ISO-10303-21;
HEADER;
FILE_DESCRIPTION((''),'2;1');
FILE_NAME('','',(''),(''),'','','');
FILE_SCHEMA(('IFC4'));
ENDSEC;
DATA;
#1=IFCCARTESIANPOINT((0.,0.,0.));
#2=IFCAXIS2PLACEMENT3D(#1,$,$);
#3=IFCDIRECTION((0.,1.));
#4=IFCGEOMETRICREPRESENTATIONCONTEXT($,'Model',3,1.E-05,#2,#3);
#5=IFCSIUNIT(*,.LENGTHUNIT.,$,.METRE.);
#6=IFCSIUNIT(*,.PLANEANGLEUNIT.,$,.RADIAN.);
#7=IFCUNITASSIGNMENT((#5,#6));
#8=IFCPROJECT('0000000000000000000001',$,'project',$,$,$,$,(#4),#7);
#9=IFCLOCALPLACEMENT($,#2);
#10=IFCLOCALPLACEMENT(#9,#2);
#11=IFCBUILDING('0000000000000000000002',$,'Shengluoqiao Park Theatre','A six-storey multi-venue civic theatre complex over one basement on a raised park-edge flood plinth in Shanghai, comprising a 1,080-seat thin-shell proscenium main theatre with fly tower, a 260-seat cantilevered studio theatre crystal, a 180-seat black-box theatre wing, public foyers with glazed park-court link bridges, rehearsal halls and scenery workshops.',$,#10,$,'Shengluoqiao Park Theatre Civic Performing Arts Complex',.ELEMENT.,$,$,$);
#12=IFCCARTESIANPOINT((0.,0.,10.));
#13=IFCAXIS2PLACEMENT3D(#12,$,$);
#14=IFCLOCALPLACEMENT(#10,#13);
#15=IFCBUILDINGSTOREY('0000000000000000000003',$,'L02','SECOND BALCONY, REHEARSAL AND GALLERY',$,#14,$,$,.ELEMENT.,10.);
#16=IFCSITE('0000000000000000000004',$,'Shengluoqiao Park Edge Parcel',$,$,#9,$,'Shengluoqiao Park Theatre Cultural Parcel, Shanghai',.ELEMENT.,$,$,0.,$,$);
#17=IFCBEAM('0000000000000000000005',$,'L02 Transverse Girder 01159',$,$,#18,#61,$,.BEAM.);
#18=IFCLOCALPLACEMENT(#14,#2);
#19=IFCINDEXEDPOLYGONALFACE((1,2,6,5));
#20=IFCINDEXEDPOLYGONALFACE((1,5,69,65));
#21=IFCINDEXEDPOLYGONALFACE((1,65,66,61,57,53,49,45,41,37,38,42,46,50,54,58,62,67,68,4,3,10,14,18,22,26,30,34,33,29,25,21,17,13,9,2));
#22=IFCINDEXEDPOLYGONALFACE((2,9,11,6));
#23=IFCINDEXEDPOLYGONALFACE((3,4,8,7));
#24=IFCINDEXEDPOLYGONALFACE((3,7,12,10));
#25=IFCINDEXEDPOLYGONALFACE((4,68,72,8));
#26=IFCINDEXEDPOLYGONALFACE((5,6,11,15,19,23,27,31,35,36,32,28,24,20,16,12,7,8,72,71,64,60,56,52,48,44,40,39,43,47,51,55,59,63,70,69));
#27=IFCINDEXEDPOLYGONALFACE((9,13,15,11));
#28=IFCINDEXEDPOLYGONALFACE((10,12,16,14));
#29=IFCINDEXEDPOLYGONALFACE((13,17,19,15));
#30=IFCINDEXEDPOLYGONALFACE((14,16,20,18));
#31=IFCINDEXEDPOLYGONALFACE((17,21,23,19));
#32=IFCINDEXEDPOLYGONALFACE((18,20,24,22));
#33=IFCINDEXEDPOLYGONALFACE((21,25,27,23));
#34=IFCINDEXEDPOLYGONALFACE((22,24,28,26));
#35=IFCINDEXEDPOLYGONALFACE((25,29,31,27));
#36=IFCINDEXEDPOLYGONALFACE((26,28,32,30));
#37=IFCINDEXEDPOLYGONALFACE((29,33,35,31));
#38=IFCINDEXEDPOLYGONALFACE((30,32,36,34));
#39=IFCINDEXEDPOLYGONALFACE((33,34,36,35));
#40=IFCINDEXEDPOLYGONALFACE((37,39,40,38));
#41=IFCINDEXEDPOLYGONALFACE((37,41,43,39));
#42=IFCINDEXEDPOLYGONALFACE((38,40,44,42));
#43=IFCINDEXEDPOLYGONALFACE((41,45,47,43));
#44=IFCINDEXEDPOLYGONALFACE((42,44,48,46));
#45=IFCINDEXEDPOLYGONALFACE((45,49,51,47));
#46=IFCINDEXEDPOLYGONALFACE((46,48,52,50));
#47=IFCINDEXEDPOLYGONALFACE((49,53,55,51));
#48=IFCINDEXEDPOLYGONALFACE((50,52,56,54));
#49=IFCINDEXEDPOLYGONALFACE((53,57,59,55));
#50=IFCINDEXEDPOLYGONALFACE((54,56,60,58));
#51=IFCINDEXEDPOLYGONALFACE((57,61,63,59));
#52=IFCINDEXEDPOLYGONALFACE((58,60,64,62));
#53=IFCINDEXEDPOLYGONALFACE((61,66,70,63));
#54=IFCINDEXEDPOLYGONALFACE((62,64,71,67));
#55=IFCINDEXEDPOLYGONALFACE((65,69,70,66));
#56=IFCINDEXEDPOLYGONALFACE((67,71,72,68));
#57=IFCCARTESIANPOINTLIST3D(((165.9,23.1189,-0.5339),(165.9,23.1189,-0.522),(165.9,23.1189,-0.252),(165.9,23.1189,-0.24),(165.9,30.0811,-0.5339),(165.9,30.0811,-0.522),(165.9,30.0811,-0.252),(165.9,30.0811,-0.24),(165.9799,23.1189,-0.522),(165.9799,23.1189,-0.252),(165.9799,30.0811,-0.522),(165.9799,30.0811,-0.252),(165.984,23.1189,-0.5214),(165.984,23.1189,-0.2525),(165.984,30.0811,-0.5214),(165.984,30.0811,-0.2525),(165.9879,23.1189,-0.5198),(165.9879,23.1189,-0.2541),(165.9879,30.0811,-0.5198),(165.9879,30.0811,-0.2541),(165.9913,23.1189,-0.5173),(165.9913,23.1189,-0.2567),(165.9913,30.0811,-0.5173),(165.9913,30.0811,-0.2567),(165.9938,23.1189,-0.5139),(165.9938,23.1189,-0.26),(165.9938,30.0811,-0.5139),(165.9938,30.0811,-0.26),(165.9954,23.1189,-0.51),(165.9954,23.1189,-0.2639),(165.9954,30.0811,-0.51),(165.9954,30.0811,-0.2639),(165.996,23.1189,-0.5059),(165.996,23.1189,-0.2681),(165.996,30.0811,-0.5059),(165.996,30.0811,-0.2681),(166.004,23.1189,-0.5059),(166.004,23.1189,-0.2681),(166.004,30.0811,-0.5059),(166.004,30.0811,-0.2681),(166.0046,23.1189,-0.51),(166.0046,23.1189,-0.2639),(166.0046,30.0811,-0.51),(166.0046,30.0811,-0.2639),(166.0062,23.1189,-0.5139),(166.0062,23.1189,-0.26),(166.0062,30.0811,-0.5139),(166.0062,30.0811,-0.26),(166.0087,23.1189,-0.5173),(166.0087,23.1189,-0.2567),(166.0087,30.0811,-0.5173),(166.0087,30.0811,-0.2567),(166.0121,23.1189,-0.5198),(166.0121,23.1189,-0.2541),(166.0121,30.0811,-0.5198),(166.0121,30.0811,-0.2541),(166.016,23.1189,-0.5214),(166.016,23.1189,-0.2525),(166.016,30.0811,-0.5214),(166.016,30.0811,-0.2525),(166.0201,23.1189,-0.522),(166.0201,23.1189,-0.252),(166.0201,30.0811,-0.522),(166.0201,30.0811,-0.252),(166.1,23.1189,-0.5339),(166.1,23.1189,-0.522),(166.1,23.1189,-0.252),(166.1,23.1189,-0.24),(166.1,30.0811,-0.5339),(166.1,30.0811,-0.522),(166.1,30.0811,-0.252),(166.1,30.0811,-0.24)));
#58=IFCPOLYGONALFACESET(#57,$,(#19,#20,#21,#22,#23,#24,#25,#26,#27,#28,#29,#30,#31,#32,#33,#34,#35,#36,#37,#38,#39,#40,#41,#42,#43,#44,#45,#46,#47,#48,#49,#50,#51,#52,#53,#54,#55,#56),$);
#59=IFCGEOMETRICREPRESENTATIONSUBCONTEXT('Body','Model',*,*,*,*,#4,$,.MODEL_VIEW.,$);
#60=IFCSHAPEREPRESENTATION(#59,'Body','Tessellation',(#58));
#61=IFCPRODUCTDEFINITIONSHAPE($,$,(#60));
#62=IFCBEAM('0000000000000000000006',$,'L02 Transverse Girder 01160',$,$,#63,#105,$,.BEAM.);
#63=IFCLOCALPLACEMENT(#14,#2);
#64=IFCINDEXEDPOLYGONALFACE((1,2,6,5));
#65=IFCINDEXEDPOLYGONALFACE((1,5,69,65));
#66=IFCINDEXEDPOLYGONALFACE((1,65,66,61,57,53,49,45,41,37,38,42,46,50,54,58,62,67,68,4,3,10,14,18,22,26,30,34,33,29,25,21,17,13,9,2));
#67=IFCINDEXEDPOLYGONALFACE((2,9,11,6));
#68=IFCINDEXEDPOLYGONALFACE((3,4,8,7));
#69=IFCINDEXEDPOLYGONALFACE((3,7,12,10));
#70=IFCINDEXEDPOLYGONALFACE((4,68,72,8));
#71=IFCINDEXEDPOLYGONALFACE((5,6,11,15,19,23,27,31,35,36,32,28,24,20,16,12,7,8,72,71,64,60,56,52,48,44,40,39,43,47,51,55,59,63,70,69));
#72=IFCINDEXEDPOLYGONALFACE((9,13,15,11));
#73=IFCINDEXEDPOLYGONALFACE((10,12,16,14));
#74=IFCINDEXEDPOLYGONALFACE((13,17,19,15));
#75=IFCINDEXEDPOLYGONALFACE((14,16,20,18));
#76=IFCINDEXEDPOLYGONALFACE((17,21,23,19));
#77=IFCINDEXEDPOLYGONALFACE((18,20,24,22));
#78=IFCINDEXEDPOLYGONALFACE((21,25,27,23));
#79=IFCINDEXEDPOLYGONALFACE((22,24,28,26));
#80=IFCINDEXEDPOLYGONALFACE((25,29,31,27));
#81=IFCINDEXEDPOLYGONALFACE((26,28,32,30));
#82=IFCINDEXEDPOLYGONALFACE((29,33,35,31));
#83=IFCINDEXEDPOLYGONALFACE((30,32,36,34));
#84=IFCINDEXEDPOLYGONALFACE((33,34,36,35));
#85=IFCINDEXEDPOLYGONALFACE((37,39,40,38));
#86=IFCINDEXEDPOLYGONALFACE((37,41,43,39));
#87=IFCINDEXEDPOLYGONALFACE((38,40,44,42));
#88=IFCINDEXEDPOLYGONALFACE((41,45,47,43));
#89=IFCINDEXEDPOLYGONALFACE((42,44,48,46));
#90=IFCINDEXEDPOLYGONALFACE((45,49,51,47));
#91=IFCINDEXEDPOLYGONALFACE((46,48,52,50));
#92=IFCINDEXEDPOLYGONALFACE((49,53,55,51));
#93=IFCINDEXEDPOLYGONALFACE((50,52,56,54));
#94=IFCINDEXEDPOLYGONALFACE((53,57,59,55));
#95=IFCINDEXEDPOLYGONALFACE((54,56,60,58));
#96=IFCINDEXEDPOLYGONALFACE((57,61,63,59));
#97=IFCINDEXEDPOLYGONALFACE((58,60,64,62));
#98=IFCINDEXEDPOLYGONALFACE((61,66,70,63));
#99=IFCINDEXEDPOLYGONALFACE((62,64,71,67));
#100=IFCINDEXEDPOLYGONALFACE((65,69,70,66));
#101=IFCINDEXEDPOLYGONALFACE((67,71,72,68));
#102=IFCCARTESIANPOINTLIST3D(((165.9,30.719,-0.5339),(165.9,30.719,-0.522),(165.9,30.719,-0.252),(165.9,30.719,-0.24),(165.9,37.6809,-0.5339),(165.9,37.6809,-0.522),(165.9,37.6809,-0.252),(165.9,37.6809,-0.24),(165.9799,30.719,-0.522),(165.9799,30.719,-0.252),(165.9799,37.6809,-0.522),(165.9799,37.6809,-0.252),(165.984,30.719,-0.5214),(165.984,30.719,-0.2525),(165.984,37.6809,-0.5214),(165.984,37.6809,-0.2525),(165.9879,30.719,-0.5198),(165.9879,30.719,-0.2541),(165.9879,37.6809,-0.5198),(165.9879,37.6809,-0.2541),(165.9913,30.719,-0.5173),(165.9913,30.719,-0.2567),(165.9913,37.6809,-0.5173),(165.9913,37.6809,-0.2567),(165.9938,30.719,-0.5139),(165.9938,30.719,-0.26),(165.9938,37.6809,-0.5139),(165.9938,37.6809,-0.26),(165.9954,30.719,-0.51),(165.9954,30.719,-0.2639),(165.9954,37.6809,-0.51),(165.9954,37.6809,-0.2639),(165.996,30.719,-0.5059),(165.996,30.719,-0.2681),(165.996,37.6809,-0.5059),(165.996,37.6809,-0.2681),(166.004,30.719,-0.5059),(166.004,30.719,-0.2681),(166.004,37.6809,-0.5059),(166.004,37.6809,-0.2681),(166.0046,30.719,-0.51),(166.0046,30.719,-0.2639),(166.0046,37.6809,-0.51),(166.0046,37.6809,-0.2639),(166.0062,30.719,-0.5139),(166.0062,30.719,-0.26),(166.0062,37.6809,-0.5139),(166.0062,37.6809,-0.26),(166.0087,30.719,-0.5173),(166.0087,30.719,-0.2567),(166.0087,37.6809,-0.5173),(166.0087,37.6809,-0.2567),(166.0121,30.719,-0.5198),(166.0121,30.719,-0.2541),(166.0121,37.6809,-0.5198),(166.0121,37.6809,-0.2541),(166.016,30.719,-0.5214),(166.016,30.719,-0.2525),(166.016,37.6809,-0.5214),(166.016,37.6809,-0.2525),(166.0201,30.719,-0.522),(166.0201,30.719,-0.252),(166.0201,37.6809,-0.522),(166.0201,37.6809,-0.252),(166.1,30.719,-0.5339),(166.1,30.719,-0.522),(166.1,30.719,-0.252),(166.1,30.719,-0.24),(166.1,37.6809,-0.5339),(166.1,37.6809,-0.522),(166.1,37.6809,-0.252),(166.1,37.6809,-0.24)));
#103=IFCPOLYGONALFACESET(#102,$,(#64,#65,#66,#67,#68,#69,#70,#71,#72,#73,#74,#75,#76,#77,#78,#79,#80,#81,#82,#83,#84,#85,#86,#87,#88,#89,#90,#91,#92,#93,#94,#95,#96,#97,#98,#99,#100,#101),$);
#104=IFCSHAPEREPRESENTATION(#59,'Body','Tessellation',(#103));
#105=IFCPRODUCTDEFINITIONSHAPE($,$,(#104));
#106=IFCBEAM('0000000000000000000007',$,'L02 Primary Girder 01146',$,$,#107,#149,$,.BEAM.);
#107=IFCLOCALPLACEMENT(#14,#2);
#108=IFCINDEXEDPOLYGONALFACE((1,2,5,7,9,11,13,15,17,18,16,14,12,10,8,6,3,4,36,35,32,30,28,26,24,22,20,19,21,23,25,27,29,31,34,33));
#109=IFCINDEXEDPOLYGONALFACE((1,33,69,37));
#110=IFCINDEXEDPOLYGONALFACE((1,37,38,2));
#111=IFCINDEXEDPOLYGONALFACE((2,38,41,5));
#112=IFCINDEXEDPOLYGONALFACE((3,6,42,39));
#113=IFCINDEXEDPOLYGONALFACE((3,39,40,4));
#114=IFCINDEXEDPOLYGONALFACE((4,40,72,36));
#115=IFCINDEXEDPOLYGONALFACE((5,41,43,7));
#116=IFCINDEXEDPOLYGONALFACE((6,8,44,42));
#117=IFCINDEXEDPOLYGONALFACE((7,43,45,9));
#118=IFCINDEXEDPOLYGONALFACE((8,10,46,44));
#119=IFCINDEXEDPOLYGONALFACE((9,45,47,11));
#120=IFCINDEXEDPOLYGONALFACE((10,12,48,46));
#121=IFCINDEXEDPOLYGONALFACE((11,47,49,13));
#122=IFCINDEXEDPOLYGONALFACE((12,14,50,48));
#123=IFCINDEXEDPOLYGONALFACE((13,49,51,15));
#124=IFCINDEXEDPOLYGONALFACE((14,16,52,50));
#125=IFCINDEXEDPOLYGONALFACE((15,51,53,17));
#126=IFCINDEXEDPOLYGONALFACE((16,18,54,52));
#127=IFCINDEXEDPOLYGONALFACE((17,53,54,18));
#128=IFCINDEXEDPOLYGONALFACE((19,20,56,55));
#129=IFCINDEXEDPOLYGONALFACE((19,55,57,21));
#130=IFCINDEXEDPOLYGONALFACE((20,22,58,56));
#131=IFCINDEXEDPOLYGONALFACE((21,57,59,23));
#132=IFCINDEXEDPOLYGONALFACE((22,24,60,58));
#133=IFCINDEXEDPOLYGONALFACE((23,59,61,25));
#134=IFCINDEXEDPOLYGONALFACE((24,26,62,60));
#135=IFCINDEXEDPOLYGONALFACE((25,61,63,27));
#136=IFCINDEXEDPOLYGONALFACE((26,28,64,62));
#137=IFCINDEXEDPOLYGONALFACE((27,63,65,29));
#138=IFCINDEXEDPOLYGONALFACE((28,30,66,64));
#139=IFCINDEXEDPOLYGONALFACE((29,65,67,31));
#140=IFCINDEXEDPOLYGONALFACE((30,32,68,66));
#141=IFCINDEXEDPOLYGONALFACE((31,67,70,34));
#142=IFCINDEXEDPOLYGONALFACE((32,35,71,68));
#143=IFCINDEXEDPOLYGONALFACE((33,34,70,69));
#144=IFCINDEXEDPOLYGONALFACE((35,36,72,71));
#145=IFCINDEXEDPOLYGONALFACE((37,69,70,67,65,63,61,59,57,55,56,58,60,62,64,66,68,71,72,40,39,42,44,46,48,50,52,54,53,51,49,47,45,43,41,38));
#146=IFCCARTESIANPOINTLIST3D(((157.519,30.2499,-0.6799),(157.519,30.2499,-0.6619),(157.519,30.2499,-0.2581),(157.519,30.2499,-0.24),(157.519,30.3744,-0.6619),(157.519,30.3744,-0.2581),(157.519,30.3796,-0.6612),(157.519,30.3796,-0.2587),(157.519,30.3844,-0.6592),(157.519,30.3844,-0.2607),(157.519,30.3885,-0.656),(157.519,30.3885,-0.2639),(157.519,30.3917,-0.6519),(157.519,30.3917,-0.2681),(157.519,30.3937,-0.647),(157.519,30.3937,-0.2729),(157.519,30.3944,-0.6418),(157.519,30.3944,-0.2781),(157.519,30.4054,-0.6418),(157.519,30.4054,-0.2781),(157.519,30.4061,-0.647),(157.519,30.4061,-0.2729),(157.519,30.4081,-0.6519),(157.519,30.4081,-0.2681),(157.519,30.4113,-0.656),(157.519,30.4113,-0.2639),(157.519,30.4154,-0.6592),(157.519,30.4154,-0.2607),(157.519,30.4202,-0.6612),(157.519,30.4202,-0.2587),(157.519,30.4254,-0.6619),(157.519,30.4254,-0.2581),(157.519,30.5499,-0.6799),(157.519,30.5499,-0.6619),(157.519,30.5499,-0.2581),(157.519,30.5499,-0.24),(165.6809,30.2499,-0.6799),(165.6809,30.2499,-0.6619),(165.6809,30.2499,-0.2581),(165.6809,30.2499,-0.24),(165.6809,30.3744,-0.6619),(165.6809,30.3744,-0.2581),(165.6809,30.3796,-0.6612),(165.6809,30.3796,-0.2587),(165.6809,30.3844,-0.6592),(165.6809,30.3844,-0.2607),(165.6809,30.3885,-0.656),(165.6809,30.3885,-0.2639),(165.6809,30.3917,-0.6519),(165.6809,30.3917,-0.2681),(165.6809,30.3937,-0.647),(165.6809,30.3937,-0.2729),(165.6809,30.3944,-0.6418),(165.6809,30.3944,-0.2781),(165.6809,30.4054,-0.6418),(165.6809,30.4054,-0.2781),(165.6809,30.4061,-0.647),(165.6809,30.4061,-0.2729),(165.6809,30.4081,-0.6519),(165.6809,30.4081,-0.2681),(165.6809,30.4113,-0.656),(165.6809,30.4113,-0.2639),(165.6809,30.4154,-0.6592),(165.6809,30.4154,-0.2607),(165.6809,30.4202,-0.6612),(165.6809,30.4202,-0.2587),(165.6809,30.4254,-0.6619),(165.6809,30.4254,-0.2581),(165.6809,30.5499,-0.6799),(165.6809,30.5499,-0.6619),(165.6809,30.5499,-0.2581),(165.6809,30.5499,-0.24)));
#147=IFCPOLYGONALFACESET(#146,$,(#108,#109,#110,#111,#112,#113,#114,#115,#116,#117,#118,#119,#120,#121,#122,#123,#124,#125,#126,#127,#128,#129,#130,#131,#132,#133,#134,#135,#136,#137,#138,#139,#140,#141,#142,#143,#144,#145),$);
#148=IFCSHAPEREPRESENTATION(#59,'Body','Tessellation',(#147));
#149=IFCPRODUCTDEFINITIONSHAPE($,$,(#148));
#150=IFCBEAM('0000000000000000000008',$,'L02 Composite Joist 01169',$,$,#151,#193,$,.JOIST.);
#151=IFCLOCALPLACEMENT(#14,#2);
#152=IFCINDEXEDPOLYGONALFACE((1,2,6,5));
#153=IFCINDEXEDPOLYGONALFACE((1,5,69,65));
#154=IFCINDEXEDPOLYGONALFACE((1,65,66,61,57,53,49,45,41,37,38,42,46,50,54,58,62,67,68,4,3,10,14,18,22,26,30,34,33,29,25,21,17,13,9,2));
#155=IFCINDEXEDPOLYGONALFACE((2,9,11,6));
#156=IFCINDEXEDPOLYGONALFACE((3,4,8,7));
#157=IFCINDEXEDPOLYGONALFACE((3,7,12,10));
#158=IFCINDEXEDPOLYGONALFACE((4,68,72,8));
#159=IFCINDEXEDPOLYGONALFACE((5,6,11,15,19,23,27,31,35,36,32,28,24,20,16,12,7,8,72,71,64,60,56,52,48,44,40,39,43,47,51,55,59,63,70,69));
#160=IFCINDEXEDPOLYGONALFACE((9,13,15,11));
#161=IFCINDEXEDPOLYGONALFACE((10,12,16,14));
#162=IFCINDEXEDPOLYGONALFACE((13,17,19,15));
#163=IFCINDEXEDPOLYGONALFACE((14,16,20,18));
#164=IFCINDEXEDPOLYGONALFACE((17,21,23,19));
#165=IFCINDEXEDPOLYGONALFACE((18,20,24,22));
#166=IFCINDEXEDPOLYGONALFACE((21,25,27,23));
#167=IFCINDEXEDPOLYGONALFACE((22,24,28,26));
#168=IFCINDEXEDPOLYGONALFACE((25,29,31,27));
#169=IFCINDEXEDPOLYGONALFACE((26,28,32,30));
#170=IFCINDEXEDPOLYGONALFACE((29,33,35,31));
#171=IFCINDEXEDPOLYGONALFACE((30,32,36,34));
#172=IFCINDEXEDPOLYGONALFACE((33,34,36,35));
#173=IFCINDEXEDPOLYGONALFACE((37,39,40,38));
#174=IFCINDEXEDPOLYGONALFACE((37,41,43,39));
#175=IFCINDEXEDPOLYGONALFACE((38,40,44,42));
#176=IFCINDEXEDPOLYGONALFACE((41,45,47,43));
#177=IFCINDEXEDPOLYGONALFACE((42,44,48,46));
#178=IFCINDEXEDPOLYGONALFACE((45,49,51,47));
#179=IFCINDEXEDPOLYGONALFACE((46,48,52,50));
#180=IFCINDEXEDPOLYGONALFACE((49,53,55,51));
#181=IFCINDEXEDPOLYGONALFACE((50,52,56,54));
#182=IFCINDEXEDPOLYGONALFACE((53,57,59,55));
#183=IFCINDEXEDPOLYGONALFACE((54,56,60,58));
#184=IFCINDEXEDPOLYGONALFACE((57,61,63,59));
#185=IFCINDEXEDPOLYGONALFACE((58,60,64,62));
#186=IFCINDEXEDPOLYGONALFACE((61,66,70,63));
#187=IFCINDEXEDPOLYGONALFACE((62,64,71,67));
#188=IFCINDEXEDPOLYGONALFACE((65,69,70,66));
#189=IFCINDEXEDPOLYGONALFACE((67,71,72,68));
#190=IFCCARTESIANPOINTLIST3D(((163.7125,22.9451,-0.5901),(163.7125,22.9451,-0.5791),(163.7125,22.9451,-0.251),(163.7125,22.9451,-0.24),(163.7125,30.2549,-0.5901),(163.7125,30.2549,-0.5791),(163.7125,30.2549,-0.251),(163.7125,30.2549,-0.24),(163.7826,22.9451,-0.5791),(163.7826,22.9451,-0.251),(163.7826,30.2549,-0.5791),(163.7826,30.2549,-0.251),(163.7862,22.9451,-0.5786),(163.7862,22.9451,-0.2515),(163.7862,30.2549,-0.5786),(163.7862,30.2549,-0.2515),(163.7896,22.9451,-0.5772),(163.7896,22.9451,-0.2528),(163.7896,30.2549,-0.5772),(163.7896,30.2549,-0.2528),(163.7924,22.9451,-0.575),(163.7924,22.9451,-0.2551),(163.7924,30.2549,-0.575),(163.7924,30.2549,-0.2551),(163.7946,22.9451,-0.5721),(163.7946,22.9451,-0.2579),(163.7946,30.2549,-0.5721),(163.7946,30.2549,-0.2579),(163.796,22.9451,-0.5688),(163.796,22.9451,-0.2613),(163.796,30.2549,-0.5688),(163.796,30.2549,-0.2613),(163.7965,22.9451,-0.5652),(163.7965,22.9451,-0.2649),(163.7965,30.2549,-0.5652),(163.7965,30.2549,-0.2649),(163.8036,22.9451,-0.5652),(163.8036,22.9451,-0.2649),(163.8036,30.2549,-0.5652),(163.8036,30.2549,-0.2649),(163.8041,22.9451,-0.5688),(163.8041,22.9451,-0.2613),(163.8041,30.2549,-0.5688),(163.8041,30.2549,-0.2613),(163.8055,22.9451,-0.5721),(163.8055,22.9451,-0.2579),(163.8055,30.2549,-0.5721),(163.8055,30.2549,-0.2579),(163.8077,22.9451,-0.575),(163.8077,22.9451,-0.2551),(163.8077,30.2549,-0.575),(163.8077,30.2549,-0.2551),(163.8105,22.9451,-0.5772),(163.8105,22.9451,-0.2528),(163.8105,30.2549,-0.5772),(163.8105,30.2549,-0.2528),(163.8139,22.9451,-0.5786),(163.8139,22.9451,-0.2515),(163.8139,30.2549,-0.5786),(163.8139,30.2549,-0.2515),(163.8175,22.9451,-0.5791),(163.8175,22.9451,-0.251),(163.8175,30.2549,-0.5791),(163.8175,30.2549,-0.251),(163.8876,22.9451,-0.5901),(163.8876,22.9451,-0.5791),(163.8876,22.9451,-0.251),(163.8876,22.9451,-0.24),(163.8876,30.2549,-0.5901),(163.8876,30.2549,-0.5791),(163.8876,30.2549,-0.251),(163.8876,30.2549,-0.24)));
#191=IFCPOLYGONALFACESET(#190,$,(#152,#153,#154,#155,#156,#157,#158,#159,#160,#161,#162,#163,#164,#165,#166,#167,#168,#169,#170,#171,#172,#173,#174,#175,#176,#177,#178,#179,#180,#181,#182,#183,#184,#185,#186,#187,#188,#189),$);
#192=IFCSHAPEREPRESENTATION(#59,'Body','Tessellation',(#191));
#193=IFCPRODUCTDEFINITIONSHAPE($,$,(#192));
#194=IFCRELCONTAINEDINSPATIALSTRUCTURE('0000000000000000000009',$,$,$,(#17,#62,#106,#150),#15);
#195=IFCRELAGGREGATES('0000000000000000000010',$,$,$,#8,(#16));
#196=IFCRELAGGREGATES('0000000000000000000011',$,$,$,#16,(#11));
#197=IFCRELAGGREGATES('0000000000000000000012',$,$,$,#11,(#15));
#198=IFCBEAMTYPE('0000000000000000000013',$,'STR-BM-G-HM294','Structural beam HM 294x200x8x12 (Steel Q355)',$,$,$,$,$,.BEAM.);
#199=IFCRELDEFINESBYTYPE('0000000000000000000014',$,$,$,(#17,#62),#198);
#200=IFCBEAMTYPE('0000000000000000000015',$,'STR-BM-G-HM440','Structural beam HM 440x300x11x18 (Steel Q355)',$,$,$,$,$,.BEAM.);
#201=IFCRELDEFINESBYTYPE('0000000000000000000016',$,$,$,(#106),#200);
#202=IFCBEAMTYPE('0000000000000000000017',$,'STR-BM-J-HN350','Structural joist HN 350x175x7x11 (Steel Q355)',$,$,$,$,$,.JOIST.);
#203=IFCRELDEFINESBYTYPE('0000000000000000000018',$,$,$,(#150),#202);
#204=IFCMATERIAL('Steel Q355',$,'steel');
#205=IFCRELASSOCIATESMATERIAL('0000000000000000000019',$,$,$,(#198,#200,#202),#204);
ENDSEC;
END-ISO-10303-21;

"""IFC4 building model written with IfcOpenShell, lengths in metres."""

from ifc_helpers import new_model, si_unit, direction, frame, origin, origin_2d, place, context, subcontext, project, spatial, i_section, extrude, material, material_profile, profile_set, type_object, element, save


model = new_model("IFC4")

# Units and contexts
model_context = context("Model", 3, precision=1e-05, world=origin(), true_north=direction((0.0, 1.0)))
body_context = subcontext(model_context, "Body", "Model", "MODEL_VIEW")
ifc_project = project(units=[si_unit("LENGTHUNIT", "METRE"), si_unit("PLANEANGLEUNIT", "RADIAN")], contexts=[model_context])

# Site, building, storey
site_placement = place(None, origin())
site = spatial("IfcSite", under=ifc_project, at=site_placement, Name="Shengluoqiao Park Edge Parcel", LongName="Shengluoqiao Park Theatre Cultural Parcel, Shanghai", CompositionType="ELEMENT", RefElevation=0.0)
building_placement = place(site_placement, origin())
building = spatial("IfcBuilding", under=site, at=building_placement, Name="Shengluoqiao Park Theatre", Description="A six-storey multi-venue civic theatre complex over one basement on a raised park-edge flood plinth in Shanghai, comprising a 1,080-seat thin-shell proscenium main theatre with fly tower, a 260-seat cantilevered studio theatre crystal, a 180-seat black-box theatre wing, public foyers with glazed park-court link bridges, rehearsal halls and scenery workshops.", LongName="Shengluoqiao Park Theatre Civic Performing Arts Complex", CompositionType="ELEMENT")
storey_placement = place(building_placement, frame((0.0, 0.0, 10.0)))
storey = spatial("IfcBuildingStorey", under=building, at=storey_placement, Name="L02", Description="SECOND BALCONY, REHEARSAL AND GALLERY", CompositionType="ELEMENT", Elevation=10.0)

# Beams
ifc_material_1 = material(Name="Steel Q355", Category="steel")
ifc_material_profile_1 = material_profile(ifc_material_1, i_section(OverallWidth=0.2, OverallDepth=0.2939, WebThickness=0.0081, FlangeThickness=0.012, FilletRadius=0.0161, at=origin_2d()), Name="HM 294x200x8x12")
ifc_profile_set_1 = profile_set([ifc_material_profile_1], Name="Steel Q355")
beam_type_1 = type_object("IfcBeamType", Name="STR-BM-G-HM294", Description="Structural beam HM 294x200x8x12 (Steel Q355)", PredefinedType="BEAM", material=ifc_profile_set_1)
beam_1_placement = place(storey_placement, frame((166.0, 23.1189, -0.387), z_axis=(0.0, 1.0, 0.0), x_axis=(-1.0, 0.0, 0.0)))
element("IfcBeam", 1, at=beam_1_placement, inside=storey, type_object=beam_type_1, Name="L02 Transverse Girder 01159", PredefinedType="BEAM", context=body_context, shape_type="SweptSolid", body=[
    extrude(i_section(OverallWidth=0.2, OverallDepth=0.2939, WebThickness=0.0081, FlangeThickness=0.012, FilletRadius=0.0161, at=origin_2d()), origin(), (0.0, 0.0, 1.0), 6.9622),
])
beam_2_placement = place(storey_placement, frame((166.0, 30.719, -0.387), z_axis=(0.0, 1.0, 0.0), x_axis=(-1.0, 0.0, 0.0)))
element("IfcBeam", 2, at=beam_2_placement, inside=storey, type_object=beam_type_1, Name="L02 Transverse Girder 01160", PredefinedType="BEAM", context=body_context, shape_type="SweptSolid", body=[
    extrude(i_section(OverallWidth=0.2, OverallDepth=0.2939, WebThickness=0.0081, FlangeThickness=0.012, FilletRadius=0.0161, at=origin_2d()), origin(), (0.0, 0.0, 1.0), 6.9619),
])
ifc_material_profile_2 = material_profile(ifc_material_1, i_section(OverallWidth=0.3, OverallDepth=0.4399, WebThickness=0.011, FlangeThickness=0.0181, FilletRadius=0.02, at=origin_2d()), Name="HM 440x300x11x18")
ifc_profile_set_2 = profile_set([ifc_material_profile_2], Name="Steel Q355")
beam_type_2 = type_object("IfcBeamType", Name="STR-BM-G-HM440", Description="Structural beam HM 440x300x11x18 (Steel Q355)", PredefinedType="BEAM", material=ifc_profile_set_2)
beam_3_placement = place(storey_placement, frame((157.519, 30.3999, -0.46), z_axis=(1.0, 0.0, 0.0), x_axis=(0.0, 1.0, 0.0)))
element("IfcBeam", 3, at=beam_3_placement, inside=storey, type_object=beam_type_2, Name="L02 Primary Girder 01146", PredefinedType="BEAM", context=body_context, shape_type="SweptSolid", body=[
    extrude(i_section(OverallWidth=0.3, OverallDepth=0.4399, WebThickness=0.011, FlangeThickness=0.0181, FilletRadius=0.02, at=origin_2d()), origin(), (0.0, 0.0, 1.0), 8.1619),
])
ifc_material_profile_3 = material_profile(ifc_material_1, i_section(OverallWidth=0.175, OverallDepth=0.3501, WebThickness=0.0071, FlangeThickness=0.011, FilletRadius=0.0139, at=origin_2d()), Name="HN 350x175x7x11")
ifc_profile_set_3 = profile_set([ifc_material_profile_3], Name="Steel Q355")
beam_type_3 = type_object("IfcBeamType", Name="STR-BM-J-HN350", Description="Structural joist HN 350x175x7x11 (Steel Q355)", PredefinedType="JOIST", material=ifc_profile_set_3)
beam_4_placement = place(storey_placement, frame((163.8, 22.9451, -0.415), z_axis=(0.0, 1.0, 0.0), x_axis=(-1.0, 0.0, 0.0)))
element("IfcBeam", 4, at=beam_4_placement, inside=storey, type_object=beam_type_3, Name="L02 Composite Joist 01169", PredefinedType="JOIST", context=body_context, shape_type="SweptSolid", body=[
    extrude(i_section(OverallWidth=0.175, OverallDepth=0.3501, WebThickness=0.0071, FlangeThickness=0.011, FilletRadius=0.0139, at=origin_2d()), origin(), (0.0, 0.0, 1.0), 7.3098),
])

save(model, "model.ifc")
